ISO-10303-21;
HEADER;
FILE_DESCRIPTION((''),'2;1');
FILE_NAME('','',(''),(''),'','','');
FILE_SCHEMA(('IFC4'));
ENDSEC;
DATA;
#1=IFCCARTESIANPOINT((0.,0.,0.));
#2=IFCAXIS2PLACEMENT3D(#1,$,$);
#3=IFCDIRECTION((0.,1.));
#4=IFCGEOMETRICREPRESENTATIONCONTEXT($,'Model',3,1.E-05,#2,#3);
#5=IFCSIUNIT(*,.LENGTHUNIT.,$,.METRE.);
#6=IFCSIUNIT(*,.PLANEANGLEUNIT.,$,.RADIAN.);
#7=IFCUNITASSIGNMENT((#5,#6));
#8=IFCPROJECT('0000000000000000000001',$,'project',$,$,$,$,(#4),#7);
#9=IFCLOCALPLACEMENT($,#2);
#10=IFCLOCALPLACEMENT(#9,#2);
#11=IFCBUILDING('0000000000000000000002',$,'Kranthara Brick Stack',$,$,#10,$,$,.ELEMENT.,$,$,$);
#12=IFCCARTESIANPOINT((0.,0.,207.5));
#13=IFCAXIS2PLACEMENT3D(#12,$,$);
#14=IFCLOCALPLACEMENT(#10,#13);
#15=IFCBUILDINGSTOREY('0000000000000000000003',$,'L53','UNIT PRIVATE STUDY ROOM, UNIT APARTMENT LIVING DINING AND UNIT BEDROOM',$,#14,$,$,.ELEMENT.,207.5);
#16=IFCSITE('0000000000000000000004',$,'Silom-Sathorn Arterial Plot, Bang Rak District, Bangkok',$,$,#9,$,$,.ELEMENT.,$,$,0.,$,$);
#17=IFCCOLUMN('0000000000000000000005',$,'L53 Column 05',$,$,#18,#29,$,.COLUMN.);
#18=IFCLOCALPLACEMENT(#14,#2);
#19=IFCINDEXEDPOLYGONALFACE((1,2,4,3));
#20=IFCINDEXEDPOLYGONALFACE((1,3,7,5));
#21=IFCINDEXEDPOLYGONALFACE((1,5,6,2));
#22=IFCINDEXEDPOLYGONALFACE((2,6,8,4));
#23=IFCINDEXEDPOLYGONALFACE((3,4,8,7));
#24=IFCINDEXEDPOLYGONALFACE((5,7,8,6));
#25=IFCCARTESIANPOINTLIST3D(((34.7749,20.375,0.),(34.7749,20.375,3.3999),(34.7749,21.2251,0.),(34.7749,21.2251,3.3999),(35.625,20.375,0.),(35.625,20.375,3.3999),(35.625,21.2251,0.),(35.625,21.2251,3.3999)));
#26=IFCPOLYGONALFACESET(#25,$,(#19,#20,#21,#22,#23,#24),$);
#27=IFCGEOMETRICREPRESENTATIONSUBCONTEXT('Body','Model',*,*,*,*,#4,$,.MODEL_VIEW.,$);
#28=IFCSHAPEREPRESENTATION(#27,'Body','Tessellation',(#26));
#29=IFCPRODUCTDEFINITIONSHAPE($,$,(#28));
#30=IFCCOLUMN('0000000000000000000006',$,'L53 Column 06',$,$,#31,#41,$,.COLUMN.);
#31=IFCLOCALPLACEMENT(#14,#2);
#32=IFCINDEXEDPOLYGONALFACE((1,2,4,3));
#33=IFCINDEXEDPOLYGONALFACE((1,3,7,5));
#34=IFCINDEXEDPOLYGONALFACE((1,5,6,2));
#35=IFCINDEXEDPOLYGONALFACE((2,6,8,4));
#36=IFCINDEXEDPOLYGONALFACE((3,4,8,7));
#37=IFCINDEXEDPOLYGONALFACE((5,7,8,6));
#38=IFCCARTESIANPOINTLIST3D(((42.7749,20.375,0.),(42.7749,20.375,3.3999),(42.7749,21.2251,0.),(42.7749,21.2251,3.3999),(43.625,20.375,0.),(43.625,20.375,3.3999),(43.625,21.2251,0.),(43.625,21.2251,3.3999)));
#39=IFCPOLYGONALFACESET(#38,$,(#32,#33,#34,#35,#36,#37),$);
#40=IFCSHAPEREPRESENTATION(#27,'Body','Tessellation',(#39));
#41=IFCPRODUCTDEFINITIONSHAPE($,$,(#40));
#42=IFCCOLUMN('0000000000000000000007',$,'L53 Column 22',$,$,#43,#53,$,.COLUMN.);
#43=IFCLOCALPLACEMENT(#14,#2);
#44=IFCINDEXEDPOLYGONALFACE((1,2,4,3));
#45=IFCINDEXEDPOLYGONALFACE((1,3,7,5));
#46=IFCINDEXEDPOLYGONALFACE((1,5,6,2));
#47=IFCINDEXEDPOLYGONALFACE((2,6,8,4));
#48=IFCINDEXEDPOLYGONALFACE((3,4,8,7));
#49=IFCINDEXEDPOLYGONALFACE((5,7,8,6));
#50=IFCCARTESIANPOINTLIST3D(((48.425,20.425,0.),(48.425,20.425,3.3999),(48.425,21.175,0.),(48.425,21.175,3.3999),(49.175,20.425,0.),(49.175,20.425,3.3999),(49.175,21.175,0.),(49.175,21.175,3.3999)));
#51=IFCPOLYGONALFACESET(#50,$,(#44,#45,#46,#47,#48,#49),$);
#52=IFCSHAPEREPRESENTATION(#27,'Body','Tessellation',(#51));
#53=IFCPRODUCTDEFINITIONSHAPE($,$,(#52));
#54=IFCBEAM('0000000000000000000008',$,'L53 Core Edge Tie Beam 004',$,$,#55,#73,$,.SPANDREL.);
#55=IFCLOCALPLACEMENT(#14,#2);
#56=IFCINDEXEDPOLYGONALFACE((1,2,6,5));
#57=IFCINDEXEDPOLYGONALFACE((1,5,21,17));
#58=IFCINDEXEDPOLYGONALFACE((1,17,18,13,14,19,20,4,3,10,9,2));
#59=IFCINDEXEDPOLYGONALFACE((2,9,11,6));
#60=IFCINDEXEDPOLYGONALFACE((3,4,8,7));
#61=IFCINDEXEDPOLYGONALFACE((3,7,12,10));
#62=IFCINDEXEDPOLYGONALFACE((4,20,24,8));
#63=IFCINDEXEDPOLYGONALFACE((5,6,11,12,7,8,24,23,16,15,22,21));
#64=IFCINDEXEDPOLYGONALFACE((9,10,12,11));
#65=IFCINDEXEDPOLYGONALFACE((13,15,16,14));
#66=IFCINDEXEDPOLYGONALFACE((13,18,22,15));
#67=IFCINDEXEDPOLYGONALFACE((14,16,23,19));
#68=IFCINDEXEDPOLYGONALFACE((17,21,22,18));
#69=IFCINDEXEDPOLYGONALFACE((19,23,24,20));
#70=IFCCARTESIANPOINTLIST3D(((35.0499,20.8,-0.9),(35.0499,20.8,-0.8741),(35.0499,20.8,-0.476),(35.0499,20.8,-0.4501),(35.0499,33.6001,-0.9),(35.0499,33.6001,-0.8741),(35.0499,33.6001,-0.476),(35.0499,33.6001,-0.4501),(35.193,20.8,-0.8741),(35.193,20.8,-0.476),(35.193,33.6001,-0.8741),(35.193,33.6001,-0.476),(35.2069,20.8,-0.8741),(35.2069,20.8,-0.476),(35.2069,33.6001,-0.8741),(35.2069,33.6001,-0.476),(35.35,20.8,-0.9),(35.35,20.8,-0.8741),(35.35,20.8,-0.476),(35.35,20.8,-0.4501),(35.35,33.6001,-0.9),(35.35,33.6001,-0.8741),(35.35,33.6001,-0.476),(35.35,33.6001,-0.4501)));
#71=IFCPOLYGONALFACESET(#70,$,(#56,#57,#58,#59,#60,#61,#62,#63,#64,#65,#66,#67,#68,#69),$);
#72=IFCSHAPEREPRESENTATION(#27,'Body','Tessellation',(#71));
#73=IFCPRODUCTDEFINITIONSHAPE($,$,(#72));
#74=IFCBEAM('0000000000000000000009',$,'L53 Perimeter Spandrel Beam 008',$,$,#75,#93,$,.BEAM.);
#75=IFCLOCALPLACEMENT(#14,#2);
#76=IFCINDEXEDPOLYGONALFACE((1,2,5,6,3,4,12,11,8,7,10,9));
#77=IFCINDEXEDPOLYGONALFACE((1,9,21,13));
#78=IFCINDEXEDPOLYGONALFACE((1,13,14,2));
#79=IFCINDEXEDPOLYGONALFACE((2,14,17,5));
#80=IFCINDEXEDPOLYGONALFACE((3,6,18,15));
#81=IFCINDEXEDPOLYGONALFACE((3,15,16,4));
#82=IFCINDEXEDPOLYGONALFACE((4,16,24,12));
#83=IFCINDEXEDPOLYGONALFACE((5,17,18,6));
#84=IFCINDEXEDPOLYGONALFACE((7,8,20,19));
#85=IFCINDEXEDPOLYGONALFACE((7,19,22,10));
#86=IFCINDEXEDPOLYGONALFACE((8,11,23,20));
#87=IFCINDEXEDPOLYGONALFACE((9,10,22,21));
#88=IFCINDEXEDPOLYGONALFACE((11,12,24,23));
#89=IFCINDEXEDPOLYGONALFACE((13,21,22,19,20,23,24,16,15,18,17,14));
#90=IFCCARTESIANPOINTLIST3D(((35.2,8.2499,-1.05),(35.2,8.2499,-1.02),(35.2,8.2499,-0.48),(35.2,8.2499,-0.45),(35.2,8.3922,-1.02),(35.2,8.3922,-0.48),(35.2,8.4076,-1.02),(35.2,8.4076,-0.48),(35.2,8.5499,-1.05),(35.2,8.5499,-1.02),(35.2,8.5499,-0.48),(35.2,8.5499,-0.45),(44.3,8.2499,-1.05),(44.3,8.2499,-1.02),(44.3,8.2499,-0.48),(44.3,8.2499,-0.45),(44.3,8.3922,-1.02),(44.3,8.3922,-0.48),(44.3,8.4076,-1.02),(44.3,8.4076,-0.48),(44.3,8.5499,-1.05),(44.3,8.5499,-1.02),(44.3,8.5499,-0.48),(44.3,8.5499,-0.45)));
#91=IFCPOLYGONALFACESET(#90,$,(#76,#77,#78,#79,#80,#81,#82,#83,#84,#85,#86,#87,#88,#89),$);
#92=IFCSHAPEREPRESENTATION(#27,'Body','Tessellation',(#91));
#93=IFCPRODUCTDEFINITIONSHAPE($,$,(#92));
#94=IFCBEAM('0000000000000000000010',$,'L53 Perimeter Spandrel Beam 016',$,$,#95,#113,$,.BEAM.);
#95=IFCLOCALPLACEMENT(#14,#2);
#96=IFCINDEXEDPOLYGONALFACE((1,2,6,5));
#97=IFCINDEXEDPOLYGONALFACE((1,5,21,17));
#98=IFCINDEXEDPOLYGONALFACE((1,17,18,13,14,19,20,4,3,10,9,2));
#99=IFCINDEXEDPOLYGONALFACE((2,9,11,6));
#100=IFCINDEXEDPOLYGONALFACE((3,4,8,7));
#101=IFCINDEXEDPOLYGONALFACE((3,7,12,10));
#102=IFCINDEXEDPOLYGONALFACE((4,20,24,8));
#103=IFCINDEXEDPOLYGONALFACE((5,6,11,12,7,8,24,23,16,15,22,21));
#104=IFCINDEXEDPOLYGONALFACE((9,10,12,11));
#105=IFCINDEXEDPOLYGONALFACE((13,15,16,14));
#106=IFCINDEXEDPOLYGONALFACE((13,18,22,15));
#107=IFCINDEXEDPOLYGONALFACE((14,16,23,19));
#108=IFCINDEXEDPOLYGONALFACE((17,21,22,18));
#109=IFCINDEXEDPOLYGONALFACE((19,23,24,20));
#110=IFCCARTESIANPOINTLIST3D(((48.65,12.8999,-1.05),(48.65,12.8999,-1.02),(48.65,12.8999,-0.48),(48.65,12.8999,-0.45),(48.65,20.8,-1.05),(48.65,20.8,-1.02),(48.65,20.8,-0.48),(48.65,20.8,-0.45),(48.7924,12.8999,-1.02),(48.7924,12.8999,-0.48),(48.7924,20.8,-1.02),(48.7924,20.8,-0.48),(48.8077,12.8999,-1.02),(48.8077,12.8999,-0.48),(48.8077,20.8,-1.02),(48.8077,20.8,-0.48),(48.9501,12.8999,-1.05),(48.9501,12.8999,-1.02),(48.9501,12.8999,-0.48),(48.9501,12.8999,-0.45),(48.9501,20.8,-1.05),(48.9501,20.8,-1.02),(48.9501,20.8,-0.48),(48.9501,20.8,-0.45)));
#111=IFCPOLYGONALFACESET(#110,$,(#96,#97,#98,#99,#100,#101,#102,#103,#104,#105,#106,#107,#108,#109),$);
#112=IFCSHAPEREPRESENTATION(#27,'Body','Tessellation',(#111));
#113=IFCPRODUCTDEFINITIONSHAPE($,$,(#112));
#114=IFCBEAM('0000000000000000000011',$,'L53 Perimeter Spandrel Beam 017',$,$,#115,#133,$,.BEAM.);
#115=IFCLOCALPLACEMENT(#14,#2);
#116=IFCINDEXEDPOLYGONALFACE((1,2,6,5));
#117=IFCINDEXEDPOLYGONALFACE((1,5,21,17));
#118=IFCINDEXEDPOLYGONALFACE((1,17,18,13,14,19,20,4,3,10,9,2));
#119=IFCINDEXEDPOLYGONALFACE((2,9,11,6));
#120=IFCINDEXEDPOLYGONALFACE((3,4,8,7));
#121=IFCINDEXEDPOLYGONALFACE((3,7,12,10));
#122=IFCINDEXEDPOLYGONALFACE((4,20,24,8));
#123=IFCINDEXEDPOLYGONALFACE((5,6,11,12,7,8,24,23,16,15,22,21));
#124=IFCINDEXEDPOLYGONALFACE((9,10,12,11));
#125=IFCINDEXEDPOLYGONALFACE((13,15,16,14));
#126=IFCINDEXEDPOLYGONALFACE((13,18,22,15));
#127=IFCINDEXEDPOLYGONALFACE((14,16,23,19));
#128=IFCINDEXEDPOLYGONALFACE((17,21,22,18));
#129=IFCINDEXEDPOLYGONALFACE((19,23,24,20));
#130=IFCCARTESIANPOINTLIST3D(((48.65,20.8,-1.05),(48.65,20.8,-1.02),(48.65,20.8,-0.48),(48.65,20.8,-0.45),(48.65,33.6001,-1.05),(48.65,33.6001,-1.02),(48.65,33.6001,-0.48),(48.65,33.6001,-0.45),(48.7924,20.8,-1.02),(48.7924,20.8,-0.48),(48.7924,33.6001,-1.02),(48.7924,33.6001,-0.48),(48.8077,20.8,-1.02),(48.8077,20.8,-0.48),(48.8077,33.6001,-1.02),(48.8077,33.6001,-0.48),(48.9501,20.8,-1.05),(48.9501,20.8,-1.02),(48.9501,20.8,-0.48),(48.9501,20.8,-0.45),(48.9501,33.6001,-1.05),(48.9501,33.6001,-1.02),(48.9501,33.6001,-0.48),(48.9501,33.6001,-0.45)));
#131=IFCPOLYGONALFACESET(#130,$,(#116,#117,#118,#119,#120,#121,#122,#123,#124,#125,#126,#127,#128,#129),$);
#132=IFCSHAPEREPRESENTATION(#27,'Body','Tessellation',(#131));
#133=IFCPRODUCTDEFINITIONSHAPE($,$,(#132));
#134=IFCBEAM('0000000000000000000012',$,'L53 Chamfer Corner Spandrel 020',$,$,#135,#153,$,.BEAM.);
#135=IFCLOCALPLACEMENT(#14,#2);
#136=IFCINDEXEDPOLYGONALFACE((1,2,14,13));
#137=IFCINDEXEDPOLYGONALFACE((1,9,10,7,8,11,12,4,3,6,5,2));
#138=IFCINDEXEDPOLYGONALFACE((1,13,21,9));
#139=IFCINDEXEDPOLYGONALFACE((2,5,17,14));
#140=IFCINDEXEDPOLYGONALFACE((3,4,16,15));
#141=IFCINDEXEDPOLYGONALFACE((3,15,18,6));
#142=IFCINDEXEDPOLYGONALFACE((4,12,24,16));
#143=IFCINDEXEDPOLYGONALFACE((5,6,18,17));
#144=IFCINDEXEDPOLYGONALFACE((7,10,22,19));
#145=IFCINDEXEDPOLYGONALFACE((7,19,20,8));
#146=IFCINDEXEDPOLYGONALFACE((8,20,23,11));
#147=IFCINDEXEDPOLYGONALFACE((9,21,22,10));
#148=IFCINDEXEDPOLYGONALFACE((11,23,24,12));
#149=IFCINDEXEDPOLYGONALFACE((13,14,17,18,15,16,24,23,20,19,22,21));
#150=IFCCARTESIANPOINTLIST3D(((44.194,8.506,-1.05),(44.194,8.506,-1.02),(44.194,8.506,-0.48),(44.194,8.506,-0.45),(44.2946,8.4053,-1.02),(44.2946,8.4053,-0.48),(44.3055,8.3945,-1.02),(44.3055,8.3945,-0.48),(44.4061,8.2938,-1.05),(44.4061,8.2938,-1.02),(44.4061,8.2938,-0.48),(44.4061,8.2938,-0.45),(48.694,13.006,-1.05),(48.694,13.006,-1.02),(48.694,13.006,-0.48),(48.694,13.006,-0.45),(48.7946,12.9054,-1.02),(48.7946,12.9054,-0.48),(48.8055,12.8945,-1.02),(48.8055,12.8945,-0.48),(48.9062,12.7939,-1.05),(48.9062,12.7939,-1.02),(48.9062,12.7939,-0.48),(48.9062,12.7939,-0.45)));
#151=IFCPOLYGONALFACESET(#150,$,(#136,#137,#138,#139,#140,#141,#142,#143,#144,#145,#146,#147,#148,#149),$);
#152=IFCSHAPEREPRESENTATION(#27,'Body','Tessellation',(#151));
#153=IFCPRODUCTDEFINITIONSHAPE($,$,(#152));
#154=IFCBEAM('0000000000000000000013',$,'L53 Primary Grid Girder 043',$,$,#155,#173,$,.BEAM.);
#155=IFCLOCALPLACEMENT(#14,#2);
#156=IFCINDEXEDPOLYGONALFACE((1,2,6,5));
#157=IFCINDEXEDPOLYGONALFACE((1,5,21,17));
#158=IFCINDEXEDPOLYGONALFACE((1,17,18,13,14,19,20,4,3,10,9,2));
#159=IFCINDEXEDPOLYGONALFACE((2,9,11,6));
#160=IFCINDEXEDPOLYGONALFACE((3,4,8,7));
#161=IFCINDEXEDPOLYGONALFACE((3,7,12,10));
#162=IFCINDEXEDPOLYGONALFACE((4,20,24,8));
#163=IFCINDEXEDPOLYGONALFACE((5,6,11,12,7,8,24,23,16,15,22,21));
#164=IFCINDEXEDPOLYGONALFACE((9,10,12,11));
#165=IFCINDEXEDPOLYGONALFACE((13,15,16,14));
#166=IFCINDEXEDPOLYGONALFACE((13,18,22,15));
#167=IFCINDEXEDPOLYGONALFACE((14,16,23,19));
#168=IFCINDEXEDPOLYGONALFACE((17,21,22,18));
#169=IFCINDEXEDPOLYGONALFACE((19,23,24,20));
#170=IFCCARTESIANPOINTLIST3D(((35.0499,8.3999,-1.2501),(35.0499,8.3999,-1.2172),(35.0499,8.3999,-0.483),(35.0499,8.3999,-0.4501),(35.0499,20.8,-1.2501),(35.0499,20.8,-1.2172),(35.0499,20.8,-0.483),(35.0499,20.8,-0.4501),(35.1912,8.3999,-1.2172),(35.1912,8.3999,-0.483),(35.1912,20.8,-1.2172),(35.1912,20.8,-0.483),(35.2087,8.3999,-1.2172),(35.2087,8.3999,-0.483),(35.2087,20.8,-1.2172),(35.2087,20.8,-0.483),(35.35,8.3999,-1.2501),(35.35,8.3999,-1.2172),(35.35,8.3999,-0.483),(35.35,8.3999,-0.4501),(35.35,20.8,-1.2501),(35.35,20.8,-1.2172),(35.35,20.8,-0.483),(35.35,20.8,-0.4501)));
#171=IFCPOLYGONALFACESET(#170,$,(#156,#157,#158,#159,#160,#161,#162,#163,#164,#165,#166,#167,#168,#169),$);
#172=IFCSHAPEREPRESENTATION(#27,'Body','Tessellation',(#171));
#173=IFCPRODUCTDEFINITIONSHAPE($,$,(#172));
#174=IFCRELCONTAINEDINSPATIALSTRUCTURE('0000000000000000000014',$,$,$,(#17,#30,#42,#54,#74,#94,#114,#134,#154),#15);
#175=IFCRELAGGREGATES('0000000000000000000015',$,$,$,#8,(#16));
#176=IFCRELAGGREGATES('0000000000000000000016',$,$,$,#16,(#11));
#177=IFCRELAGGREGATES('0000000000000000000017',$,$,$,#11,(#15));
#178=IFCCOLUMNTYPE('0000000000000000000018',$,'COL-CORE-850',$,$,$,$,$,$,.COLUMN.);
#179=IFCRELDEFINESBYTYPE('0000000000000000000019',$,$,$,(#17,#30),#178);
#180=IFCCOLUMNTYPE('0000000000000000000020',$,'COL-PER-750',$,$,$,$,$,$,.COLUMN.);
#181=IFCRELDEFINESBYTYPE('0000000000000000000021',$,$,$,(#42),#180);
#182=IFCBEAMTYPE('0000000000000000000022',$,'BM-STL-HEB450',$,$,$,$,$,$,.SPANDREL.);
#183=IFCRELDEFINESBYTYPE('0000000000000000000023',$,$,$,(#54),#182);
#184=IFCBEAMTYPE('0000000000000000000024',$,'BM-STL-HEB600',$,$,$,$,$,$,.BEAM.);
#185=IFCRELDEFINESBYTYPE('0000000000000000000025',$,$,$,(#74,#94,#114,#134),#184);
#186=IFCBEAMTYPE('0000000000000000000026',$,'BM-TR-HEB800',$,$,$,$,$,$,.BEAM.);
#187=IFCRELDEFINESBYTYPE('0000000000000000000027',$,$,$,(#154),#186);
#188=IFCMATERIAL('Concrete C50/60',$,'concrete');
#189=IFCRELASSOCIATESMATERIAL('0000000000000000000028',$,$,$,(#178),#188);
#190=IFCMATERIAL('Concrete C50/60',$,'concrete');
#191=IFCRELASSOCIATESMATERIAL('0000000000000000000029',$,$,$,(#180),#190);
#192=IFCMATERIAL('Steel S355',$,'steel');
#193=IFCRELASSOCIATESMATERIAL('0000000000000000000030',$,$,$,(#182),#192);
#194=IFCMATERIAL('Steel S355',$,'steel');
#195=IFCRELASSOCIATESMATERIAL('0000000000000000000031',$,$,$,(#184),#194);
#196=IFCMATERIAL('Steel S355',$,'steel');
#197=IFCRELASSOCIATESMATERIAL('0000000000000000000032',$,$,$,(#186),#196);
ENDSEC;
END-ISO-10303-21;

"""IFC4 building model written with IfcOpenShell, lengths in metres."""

from ifc_helpers import new_model, si_unit, direction, frame, origin, origin_2d, place, context, subcontext, project, spatial, rectangle, i_section, extrude, material, material_profile, profile_set, type_object, element, save


model = new_model("IFC4")

# Units and contexts
model_context = context("Model", 3, precision=1e-05, world=origin(), true_north=direction((0.0, 1.0)))
body_context = subcontext(model_context, "Body", "Model", "MODEL_VIEW")
ifc_project = project(units=[si_unit("LENGTHUNIT", "METRE"), si_unit("PLANEANGLEUNIT", "RADIAN")], contexts=[model_context])

# Site, building, storey
site_placement = place(None, origin())
site = spatial("IfcSite", under=ifc_project, at=site_placement, Name="Silom-Sathorn Arterial Plot, Bang Rak District, Bangkok", CompositionType="ELEMENT", RefElevation=0.0)
building_placement = place(site_placement, origin())
building = spatial("IfcBuilding", under=site, at=building_placement, Name="Kranthara Brick Stack", CompositionType="ELEMENT")
storey_placement = place(building_placement, frame((0.0, 0.0, 207.5)))
storey = spatial("IfcBuildingStorey", under=building, at=storey_placement, Name="L53", Description="UNIT PRIVATE STUDY ROOM, UNIT APARTMENT LIVING DINING AND UNIT BEDROOM", CompositionType="ELEMENT", Elevation=207.5)

# Columns
ifc_material_1 = material(Name="Concrete C50/60", Category="concrete")
ifc_material_profile_1 = material_profile(ifc_material_1, rectangle(XDim=0.8501, YDim=0.8501, at=origin_2d()), Name="RC 850x850")
ifc_profile_set_1 = profile_set([ifc_material_profile_1], Name="Concrete C50/60")
column_type_1 = type_object("IfcColumnType", Name="COL-CORE-850", PredefinedType="COLUMN", material=ifc_profile_set_1)
for number, where, z_axis, x_axis, name in (
    (1, (35.2, 20.8, 0.0), (0.0, 0.0, 1.0), (1.0, 0.0, 0.0), "L53 Column 05"),
    (2, (43.2, 20.8, 0.0), (0.0, 0.0, 1.0), (1.0, 0.0, 0.0), "L53 Column 06"),
):
    element("IfcColumn", number, at=place(storey_placement, frame(where, z_axis=z_axis, x_axis=x_axis)), inside=storey, type_object=column_type_1, Name=name, PredefinedType="COLUMN", context=body_context, shape_type="SweptSolid", body=[
        extrude(rectangle(XDim=0.8501, YDim=0.8501, at=origin_2d()), origin(), (0.0, 0.0, 1.0), 3.3999),
    ])
ifc_material_2 = material(Name="Concrete C50/60", Category="concrete")
ifc_material_profile_2 = material_profile(ifc_material_2, rectangle(XDim=0.75, YDim=0.75, at=origin_2d()), Name="RC 750x750")
ifc_profile_set_2 = profile_set([ifc_material_profile_2], Name="Concrete C50/60")
column_type_2 = type_object("IfcColumnType", Name="COL-PER-750", PredefinedType="COLUMN", material=ifc_profile_set_2)
column_placement = place(storey_placement, frame((48.8, 20.8, 0.0), z_axis=(0.0, 0.0, 1.0), x_axis=(1.0, 0.0, 0.0)))
element("IfcColumn", 3, at=column_placement, inside=storey, type_object=column_type_2, Name="L53 Column 22", PredefinedType="COLUMN", context=body_context, shape_type="SweptSolid", body=[
    extrude(rectangle(XDim=0.75, YDim=0.75, at=origin_2d()), origin(), (0.0, 0.0, 1.0), 3.3999),
])

# Beams
ifc_material_3 = material(Name="Steel S355", Category="steel")
ifc_material_profile_3 = material_profile(ifc_material_3, i_section(OverallWidth=0.3, OverallDepth=0.45, WebThickness=0.0139, FlangeThickness=0.0259, at=origin_2d()), Name="HEB 450")
ifc_profile_set_3 = profile_set([ifc_material_profile_3], Name="Steel S355")
beam_type_1 = type_object("IfcBeamType", Name="BM-STL-HEB450", PredefinedType="SPANDREL", material=ifc_profile_set_3)
beam_1_placement = place(storey_placement, frame((35.2, 20.8, -0.675), z_axis=(0.0, 1.0, 0.0), x_axis=(-1.0, 0.0, 0.0)))
element("IfcBeam", 4, at=beam_1_placement, inside=storey, type_object=beam_type_1, Name="L53 Core Edge Tie Beam 004", PredefinedType="SPANDREL", context=body_context, shape_type="SweptSolid", body=[
    extrude(i_section(OverallWidth=0.3, OverallDepth=0.45, WebThickness=0.0139, FlangeThickness=0.0259, at=origin_2d()), origin(), (0.0, 0.0, 1.0), 12.8),
])
ifc_material_4 = material(Name="Steel S355", Category="steel")
ifc_material_profile_4 = material_profile(ifc_material_4, i_section(OverallWidth=0.3, OverallDepth=0.6001, WebThickness=0.0154, FlangeThickness=0.03, at=origin_2d()), Name="HEB 600")
ifc_profile_set_4 = profile_set([ifc_material_profile_4], Name="Steel S355")
beam_type_2 = type_object("IfcBeamType", Name="BM-STL-HEB600", PredefinedType="BEAM", material=ifc_profile_set_4)
beam_2_placement = place(storey_placement, frame((35.2, 8.3999, -0.75), z_axis=(1.0, 0.0, 0.0), x_axis=(0.0, 1.0, 0.0)))
element("IfcBeam", 5, at=beam_2_placement, inside=storey, type_object=beam_type_2, Name="L53 Perimeter Spandrel Beam 008", PredefinedType="BEAM", context=body_context, shape_type="SweptSolid", body=[
    extrude(i_section(OverallWidth=0.3, OverallDepth=0.6001, WebThickness=0.0154, FlangeThickness=0.03, at=origin_2d()), origin(), (0.0, 0.0, 1.0), 9.1001),
])
beam_3_placement = place(storey_placement, frame((48.8, 12.8999, -0.75), z_axis=(0.0, 1.0, 0.0), x_axis=(-1.0, 0.0, 0.0)))
element("IfcBeam", 6, at=beam_3_placement, inside=storey, type_object=beam_type_2, Name="L53 Perimeter Spandrel Beam 016", PredefinedType="BEAM", context=body_context, shape_type="SweptSolid", body=[
    extrude(i_section(OverallWidth=0.3, OverallDepth=0.6001, WebThickness=0.0154, FlangeThickness=0.03, at=origin_2d()), origin(), (0.0, 0.0, 1.0), 7.9001),
])
beam_4_placement = place(storey_placement, frame((48.8, 20.8, -0.75), z_axis=(0.0, 1.0, 0.0), x_axis=(-1.0, 0.0, 0.0)))
element("IfcBeam", 7, at=beam_4_placement, inside=storey, type_object=beam_type_2, Name="L53 Perimeter Spandrel Beam 017", PredefinedType="BEAM", context=body_context, shape_type="SweptSolid", body=[
    extrude(i_section(OverallWidth=0.3, OverallDepth=0.6001, WebThickness=0.0154, FlangeThickness=0.03, at=origin_2d()), origin(), (0.0, 0.0, 1.0), 12.8),
])
beam_5_placement = place(storey_placement, frame((44.3, 8.3999, -0.75), z_axis=(0.707107, 0.707107, 0.0), x_axis=(-0.707107, 0.707107, 0.0)))
element("IfcBeam", 8, at=beam_5_placement, inside=storey, type_object=beam_type_2, Name="L53 Chamfer Corner Spandrel 020", PredefinedType="BEAM", context=body_context, shape_type="SweptSolid", body=[
    extrude(i_section(OverallWidth=0.3, OverallDepth=0.6001, WebThickness=0.0154, FlangeThickness=0.03, at=origin_2d()), origin(), (0.0, 0.0, 1.0), 6.364),
])
ifc_material_5 = material(Name="Steel S355", Category="steel")
ifc_material_profile_5 = material_profile(ifc_material_5, i_section(OverallWidth=0.3, OverallDepth=0.8, WebThickness=0.0176, FlangeThickness=0.033, at=origin_2d()), Name="HEB 800")
ifc_profile_set_5 = profile_set([ifc_material_profile_5], Name="Steel S355")
beam_type_3 = type_object("IfcBeamType", Name="BM-TR-HEB800", PredefinedType="BEAM", material=ifc_profile_set_5)
beam_6_placement = place(storey_placement, frame((35.2, 8.3999, -0.8501), z_axis=(0.0, 1.0, 0.0), x_axis=(-1.0, 0.0, 0.0)))
element("IfcBeam", 9, at=beam_6_placement, inside=storey, type_object=beam_type_3, Name="L53 Primary Grid Girder 043", PredefinedType="BEAM", context=body_context, shape_type="SweptSolid", body=[
    extrude(i_section(OverallWidth=0.3, OverallDepth=0.8, WebThickness=0.0176, FlangeThickness=0.033, at=origin_2d()), origin(), (0.0, 0.0, 1.0), 12.4001),
])

save(model, "model.ifc")
